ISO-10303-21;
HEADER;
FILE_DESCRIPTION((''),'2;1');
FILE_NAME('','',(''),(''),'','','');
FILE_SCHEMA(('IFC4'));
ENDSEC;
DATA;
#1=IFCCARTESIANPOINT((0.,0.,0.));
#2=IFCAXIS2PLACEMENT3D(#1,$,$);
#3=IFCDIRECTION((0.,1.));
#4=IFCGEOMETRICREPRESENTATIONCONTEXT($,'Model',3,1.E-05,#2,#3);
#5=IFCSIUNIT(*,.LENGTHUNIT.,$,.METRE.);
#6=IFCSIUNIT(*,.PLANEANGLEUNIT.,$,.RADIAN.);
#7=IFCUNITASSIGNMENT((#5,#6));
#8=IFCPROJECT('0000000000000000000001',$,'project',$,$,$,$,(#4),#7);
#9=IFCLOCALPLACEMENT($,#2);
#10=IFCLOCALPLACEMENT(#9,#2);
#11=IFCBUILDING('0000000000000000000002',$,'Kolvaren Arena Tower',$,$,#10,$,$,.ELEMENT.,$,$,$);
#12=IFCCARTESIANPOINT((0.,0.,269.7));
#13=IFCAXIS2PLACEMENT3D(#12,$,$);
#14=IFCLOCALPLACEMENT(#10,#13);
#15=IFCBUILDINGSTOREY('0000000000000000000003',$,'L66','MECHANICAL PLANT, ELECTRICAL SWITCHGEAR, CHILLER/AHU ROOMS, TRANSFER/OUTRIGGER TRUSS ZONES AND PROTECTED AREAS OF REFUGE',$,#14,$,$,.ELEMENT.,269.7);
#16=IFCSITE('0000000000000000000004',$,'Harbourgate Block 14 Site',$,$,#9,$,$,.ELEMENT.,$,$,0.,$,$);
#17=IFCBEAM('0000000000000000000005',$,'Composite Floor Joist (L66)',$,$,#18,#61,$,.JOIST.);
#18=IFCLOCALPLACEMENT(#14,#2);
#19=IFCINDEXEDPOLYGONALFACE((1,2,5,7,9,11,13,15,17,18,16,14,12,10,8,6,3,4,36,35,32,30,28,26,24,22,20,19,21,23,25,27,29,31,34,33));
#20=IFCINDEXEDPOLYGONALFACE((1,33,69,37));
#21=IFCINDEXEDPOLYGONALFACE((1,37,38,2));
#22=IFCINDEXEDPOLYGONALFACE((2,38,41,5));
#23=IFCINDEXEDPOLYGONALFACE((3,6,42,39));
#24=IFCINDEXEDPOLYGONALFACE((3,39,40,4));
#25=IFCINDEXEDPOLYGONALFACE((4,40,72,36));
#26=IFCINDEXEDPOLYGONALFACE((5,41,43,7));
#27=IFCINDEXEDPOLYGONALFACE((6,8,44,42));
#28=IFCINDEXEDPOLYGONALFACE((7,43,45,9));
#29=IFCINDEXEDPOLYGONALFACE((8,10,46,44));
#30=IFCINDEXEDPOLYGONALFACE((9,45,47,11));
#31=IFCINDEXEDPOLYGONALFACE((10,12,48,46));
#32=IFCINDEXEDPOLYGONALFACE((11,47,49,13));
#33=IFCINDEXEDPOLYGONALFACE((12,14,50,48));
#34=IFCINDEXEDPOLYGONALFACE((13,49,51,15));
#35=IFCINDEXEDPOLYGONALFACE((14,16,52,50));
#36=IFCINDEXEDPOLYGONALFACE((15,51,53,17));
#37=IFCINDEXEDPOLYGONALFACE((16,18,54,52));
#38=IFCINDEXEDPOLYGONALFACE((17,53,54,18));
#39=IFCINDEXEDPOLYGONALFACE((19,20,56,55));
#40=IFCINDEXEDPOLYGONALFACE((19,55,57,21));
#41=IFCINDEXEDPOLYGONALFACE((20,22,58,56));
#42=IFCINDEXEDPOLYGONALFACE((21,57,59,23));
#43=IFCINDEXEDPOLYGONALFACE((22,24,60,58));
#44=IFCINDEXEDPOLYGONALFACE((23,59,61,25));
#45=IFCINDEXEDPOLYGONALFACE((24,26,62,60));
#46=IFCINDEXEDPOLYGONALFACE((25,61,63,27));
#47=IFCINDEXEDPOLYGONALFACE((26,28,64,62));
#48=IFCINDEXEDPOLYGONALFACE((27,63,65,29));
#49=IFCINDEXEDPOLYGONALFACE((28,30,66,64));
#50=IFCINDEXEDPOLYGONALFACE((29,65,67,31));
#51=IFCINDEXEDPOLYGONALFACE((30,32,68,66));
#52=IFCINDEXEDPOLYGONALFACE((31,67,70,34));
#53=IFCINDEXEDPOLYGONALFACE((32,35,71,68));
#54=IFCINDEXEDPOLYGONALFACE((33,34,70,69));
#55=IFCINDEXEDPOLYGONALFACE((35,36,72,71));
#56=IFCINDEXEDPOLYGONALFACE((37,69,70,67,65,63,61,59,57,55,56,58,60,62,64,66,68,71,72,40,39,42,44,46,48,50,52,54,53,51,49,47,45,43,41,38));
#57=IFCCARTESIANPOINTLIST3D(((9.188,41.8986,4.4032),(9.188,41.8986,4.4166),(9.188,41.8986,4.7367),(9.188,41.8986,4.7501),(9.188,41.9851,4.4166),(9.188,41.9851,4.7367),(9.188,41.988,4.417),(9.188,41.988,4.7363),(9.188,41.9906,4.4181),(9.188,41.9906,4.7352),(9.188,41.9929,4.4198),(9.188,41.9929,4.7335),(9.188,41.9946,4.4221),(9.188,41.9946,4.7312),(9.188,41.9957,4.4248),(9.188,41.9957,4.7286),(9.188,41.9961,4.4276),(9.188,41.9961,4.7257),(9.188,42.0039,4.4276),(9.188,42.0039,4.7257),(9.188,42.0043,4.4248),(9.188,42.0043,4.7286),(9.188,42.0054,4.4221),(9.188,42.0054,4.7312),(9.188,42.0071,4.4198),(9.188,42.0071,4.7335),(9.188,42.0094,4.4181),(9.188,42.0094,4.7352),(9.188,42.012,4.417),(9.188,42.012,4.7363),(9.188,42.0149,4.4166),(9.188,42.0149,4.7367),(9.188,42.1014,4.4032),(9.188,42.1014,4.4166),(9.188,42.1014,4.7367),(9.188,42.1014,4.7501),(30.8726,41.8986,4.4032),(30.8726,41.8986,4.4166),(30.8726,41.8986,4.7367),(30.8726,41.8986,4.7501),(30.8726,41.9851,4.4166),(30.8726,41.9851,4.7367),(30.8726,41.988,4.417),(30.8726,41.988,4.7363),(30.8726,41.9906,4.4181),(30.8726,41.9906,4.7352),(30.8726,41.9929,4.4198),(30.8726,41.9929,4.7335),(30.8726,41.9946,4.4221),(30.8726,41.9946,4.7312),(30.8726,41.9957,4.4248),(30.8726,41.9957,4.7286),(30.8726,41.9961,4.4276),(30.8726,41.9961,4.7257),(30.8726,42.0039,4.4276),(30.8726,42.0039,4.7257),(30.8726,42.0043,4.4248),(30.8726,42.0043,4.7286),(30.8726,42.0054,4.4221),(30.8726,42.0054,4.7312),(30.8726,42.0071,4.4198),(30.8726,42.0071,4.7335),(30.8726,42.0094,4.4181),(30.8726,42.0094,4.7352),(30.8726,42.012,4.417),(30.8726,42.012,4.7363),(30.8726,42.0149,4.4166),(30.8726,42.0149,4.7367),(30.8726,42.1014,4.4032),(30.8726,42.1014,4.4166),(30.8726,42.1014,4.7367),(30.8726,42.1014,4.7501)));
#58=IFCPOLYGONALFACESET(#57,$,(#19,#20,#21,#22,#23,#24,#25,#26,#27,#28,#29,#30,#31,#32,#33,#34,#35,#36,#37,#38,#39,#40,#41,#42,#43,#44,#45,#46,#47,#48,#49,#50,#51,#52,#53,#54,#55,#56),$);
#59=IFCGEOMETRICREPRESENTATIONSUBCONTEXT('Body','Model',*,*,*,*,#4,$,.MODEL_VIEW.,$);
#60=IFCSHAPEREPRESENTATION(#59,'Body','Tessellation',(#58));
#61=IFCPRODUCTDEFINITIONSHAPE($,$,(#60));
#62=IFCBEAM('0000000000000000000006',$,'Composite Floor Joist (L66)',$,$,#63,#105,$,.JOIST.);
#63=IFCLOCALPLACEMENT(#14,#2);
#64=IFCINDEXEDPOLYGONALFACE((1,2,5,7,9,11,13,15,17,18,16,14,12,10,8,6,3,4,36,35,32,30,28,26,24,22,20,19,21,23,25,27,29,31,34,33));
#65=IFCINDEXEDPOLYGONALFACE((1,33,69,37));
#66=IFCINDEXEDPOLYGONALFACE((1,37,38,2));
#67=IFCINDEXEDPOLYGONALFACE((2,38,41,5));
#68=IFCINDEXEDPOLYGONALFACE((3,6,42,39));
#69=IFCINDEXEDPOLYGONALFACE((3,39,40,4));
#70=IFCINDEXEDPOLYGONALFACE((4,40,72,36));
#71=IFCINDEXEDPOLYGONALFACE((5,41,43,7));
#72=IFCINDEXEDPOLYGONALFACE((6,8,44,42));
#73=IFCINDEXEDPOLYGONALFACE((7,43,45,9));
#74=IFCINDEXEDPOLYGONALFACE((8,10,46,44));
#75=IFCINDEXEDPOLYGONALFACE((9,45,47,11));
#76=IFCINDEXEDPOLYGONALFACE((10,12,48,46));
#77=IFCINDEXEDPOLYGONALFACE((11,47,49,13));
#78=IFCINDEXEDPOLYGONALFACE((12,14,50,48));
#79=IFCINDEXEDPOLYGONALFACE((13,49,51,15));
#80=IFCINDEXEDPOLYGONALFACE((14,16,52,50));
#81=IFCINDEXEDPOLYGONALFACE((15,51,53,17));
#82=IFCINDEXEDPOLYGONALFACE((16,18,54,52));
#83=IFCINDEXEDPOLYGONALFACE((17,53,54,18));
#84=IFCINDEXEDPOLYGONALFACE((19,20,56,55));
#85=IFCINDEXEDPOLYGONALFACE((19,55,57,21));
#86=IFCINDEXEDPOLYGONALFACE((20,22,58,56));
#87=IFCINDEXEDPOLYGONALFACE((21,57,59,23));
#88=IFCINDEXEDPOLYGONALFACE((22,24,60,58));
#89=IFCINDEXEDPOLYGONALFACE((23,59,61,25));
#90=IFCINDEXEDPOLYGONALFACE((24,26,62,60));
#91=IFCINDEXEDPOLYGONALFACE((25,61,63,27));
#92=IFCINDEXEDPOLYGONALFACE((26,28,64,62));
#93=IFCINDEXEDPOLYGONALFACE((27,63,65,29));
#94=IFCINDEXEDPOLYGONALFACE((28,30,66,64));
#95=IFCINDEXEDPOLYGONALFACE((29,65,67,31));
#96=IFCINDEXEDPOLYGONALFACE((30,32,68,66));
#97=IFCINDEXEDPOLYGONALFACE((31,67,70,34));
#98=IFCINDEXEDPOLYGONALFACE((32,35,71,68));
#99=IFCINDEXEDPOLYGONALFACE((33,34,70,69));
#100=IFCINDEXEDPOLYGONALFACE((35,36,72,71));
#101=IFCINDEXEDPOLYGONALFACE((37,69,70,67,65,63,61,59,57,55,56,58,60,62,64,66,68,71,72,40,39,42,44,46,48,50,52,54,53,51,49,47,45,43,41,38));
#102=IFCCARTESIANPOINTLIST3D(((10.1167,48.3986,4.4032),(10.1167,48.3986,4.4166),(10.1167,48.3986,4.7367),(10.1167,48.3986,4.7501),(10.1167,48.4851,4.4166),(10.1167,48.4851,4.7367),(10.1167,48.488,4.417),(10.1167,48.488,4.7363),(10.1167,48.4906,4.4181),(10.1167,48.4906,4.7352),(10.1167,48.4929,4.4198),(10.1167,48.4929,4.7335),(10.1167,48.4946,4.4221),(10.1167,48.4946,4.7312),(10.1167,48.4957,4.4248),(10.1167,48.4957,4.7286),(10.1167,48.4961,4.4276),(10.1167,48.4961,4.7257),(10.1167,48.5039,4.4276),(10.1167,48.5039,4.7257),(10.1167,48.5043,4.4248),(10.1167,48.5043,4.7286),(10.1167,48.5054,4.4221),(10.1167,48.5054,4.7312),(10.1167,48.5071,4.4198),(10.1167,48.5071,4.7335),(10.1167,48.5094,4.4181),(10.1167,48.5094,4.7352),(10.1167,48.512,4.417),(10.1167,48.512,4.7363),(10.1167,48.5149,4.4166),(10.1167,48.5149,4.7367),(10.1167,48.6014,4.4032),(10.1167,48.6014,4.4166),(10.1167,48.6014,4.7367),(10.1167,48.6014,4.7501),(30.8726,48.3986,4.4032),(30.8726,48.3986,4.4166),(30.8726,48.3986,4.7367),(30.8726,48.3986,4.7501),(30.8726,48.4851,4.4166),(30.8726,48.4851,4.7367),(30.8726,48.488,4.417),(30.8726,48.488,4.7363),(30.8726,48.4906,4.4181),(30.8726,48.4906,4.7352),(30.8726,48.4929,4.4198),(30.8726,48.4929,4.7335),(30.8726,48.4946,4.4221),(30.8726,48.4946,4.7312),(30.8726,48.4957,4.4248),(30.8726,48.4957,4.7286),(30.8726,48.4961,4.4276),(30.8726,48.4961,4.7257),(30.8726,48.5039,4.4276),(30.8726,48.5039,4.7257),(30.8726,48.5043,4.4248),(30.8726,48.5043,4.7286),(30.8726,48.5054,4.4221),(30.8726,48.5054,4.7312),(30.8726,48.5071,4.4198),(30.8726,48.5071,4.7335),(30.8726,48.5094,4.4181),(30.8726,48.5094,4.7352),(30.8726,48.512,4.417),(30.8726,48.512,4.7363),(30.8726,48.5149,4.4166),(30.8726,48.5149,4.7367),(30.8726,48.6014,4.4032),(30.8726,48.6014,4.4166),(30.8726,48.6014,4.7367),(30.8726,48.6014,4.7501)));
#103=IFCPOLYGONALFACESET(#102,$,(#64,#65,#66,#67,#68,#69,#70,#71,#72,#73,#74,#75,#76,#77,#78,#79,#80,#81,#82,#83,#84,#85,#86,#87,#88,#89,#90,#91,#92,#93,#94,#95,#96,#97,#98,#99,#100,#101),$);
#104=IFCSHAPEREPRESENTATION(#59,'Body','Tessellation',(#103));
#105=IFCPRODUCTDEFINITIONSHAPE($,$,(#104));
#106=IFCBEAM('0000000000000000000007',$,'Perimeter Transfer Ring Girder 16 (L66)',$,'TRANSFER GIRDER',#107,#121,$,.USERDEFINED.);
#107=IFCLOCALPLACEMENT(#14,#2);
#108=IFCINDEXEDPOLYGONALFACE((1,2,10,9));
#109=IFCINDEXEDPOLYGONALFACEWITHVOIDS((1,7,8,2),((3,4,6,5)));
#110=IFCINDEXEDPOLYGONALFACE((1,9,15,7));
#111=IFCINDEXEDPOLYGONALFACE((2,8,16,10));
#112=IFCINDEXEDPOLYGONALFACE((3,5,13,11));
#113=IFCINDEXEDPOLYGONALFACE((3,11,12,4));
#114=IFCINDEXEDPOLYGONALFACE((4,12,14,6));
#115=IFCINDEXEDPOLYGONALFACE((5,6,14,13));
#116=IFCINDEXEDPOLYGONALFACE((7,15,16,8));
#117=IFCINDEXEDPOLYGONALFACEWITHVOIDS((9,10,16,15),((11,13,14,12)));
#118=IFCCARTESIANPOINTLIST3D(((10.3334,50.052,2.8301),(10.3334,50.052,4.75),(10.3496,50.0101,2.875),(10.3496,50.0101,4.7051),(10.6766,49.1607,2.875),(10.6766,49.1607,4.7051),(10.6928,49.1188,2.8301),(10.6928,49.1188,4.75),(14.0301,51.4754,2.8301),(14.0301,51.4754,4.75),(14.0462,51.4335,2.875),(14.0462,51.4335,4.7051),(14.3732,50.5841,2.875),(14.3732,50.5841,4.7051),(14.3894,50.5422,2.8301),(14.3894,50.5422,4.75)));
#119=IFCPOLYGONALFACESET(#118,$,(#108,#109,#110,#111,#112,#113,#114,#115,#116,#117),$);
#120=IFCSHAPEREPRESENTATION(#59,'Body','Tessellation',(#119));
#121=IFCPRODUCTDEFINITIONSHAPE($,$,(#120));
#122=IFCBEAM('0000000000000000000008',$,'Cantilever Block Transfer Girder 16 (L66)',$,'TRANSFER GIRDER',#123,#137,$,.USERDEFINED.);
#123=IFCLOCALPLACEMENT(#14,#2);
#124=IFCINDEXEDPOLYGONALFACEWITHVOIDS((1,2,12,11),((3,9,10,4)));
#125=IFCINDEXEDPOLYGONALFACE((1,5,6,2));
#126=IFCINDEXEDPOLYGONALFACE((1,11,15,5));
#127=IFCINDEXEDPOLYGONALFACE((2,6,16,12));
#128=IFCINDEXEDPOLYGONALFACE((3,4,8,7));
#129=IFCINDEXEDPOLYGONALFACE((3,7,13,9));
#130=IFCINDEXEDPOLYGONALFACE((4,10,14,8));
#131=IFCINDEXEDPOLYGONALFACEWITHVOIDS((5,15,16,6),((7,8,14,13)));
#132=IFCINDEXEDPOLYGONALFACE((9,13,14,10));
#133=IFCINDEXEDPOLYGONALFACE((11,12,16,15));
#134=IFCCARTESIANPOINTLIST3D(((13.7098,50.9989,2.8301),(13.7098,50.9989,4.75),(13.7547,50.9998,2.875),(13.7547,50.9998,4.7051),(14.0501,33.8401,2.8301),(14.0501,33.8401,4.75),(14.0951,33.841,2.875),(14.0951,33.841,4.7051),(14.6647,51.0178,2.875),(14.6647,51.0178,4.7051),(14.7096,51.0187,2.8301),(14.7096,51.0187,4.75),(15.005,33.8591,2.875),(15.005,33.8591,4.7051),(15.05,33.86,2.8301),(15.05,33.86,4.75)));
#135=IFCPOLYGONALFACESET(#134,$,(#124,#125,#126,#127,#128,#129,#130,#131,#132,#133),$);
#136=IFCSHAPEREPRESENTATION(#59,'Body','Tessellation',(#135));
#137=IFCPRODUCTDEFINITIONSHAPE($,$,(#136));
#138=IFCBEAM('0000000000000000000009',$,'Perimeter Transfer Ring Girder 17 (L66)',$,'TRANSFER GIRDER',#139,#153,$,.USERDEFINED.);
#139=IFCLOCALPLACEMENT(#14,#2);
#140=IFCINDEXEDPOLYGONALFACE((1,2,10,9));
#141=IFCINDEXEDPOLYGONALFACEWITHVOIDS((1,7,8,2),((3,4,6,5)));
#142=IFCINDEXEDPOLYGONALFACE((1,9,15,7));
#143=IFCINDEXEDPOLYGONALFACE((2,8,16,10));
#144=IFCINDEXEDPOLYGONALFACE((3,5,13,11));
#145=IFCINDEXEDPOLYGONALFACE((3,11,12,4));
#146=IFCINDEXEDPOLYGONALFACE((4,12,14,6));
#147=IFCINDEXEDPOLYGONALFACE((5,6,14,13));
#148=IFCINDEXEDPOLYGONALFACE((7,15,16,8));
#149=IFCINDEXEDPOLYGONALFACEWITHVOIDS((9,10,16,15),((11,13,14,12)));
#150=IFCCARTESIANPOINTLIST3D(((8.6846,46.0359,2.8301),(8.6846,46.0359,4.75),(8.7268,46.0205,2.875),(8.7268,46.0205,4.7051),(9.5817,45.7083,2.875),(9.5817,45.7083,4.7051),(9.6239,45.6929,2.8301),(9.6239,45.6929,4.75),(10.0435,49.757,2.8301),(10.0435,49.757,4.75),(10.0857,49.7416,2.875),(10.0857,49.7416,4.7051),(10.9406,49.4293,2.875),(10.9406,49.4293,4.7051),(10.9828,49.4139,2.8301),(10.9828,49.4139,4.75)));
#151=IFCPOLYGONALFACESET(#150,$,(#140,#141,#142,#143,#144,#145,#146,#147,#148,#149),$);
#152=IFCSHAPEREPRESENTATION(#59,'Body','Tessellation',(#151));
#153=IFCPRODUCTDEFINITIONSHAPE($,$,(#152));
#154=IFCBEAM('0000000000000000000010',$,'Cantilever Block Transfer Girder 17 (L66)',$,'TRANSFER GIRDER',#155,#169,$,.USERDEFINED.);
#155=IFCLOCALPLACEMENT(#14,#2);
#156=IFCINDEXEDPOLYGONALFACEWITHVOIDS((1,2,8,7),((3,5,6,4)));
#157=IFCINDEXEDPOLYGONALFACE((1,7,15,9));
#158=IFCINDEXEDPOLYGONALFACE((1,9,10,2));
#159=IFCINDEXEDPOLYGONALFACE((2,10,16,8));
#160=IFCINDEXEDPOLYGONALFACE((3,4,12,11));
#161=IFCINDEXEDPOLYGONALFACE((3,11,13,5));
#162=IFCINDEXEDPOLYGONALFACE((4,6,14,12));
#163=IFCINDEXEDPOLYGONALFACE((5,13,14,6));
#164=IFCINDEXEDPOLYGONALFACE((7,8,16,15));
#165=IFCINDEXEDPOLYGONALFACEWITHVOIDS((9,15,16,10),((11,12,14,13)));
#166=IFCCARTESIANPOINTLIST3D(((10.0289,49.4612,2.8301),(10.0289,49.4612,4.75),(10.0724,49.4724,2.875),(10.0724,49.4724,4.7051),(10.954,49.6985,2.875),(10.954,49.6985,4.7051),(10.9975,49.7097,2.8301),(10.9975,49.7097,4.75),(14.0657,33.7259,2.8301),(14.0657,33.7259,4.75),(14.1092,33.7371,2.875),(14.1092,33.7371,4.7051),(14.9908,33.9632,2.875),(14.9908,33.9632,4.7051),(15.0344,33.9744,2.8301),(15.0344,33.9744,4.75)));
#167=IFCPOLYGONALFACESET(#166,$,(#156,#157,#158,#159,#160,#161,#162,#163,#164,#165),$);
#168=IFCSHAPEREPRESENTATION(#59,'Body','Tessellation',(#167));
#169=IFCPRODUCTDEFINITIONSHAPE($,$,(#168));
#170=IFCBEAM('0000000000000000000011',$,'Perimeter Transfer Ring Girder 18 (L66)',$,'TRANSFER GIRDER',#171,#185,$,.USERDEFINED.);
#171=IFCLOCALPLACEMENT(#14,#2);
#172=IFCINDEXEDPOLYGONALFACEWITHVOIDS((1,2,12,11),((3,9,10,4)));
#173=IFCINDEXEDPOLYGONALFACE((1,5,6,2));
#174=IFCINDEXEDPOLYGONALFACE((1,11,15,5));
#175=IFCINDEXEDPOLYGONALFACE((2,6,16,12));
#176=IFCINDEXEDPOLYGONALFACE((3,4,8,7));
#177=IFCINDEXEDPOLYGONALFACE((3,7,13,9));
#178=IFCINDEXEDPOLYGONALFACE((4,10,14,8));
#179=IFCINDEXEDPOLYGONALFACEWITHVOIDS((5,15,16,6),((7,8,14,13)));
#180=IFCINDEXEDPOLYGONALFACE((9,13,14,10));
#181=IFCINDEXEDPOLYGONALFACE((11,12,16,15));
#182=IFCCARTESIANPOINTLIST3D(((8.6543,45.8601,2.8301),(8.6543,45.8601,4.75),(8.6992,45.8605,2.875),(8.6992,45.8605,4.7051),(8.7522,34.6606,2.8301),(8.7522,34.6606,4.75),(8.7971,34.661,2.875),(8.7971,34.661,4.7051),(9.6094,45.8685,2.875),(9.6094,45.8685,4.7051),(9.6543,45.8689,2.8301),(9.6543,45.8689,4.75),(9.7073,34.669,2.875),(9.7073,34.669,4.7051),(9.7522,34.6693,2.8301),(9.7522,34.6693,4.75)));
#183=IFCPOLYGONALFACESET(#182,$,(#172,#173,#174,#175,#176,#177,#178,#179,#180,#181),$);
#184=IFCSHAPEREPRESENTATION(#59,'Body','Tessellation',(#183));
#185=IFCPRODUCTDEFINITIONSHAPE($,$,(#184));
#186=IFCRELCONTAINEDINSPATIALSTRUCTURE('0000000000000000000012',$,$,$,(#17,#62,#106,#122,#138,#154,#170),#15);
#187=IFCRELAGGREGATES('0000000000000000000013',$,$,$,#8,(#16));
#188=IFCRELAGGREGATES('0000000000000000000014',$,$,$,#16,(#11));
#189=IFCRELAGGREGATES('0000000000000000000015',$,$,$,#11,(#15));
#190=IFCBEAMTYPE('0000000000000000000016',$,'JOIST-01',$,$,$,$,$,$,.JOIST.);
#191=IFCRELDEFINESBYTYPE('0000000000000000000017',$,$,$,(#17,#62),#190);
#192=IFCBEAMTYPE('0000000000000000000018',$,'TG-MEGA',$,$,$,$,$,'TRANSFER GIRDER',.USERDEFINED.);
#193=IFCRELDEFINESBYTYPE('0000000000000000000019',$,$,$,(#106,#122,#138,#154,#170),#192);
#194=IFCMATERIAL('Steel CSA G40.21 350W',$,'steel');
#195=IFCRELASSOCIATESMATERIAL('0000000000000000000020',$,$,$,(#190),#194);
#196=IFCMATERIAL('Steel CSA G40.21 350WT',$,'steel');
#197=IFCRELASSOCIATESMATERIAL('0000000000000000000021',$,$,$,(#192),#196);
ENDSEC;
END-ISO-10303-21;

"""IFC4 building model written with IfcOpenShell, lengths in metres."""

from ifc_helpers import new_model, si_unit, direction, frame, origin, origin_2d, place, context, subcontext, project, spatial, hollow_rectangle, i_section, extrude, material, material_profile, profile_set, type_object, element, save


model = new_model("IFC4")

# Units and contexts
model_context = context("Model", 3, precision=1e-05, world=origin(), true_north=direction((0.0, 1.0)))
body_context = subcontext(model_context, "Body", "Model", "MODEL_VIEW")
ifc_project = project(units=[si_unit("LENGTHUNIT", "METRE"), si_unit("PLANEANGLEUNIT", "RADIAN")], contexts=[model_context])

# Site, building, storey
site_placement = place(None, origin())
site = spatial("IfcSite", under=ifc_project, at=site_placement, Name="Harbourgate Block 14 Site", CompositionType="ELEMENT", RefElevation=0.0)
building_placement = place(site_placement, origin())
building = spatial("IfcBuilding", under=site, at=building_placement, Name="Kolvaren Arena Tower", CompositionType="ELEMENT")
storey_placement = place(building_placement, frame((0.0, 0.0, 269.7)))
storey = spatial("IfcBuildingStorey", under=building, at=storey_placement, Name="L66", Description="MECHANICAL PLANT, ELECTRICAL SWITCHGEAR, CHILLER/AHU ROOMS, TRANSFER/OUTRIGGER TRUSS ZONES AND PROTECTED AREAS OF REFUGE", CompositionType="ELEMENT", Elevation=269.7)

# Shared definitions
ifc_material_1 = material(Name="Steel CSA G40.21 350W", Category="steel")

# Shared definitions
ifc_material_2 = material(Name="Steel CSA G40.21 350WT", Category="steel")

# Beams
ifc_material_profile_1 = material_profile(ifc_material_1, i_section(OverallWidth=0.2029, OverallDepth=0.3469, WebThickness=0.0078, FlangeThickness=0.0134, FilletRadius=0.011, at=origin_2d()), Name="W360x64")
ifc_profile_set_1 = profile_set([ifc_material_profile_1], Name="Steel CSA G40.21 350W")
beam_type_1 = type_object("IfcBeamType", Name="JOIST-01", PredefinedType="JOIST", material=ifc_profile_set_1)
beam_1_placement = place(storey_placement, frame((9.188, 42.0, 4.5767), z_axis=(1.0, 0.0, 0.0), x_axis=(0.0, 1.0, 0.0)))
element("IfcBeam", 1, at=beam_1_placement, inside=storey, type_object=beam_type_1, Name="Composite Floor Joist (L66)", PredefinedType="JOIST", context=body_context, shape_type="SweptSolid", body=[
    extrude(i_section(OverallWidth=0.2029, OverallDepth=0.3469, WebThickness=0.0078, FlangeThickness=0.0134, FilletRadius=0.011, at=origin_2d()), origin(), (0.0, 0.0, 1.0), 21.6846),
])
beam_2_placement = place(storey_placement, frame((10.1167, 48.5, 4.5767), z_axis=(1.0, 0.0, 0.0), x_axis=(0.0, 1.0, 0.0)))
element("IfcBeam", 2, at=beam_2_placement, inside=storey, type_object=beam_type_1, Name="Composite Floor Joist (L66)", PredefinedType="JOIST", context=body_context, shape_type="SweptSolid", body=[
    extrude(i_section(OverallWidth=0.2029, OverallDepth=0.3469, WebThickness=0.0078, FlangeThickness=0.0134, FilletRadius=0.011, at=origin_2d()), origin(), (0.0, 0.0, 1.0), 20.7559),
])
ifc_material_profile_2 = material_profile(ifc_material_2, hollow_rectangle(XDim=1.0, YDim=1.9199, WallThickness=0.0449, at=origin_2d()), Name="BOX 1000x1920x45")
ifc_profile_set_2 = profile_set([ifc_material_profile_2], Name="Steel CSA G40.21 350WT")
beam_type_2 = type_object("IfcBeamType", Name="TG-MEGA", ElementType="TRANSFER GIRDER", PredefinedType="USERDEFINED", material=ifc_profile_set_2)
beam_3_placement = place(storey_placement, frame((14.2097, 51.0088, 3.79), z_axis=(-0.933211, -0.35933, 0.0), x_axis=(0.35933, -0.933211, 0.0)))
element("IfcBeam", 3, at=beam_3_placement, inside=storey, type_object=beam_type_2, Name="Perimeter Transfer Ring Girder 16 (L66)", ObjectType="TRANSFER GIRDER", PredefinedType="USERDEFINED", context=body_context, shape_type="SweptSolid", body=[
    extrude(hollow_rectangle(XDim=1.0, YDim=1.9199, WallThickness=0.0449, at=origin_2d()), origin(), (0.0, 0.0, 1.0), 3.9612),
])
beam_4_placement = place(storey_placement, frame((14.2097, 51.0088, 3.79), z_axis=(0.01983, -0.999803, 0.0), x_axis=(0.999803, 0.01983, 0.0)))
element("IfcBeam", 4, at=beam_4_placement, inside=storey, type_object=beam_type_2, Name="Cantilever Block Transfer Girder 16 (L66)", ObjectType="TRANSFER GIRDER", PredefinedType="USERDEFINED", context=body_context, shape_type="SweptSolid", body=[
    extrude(hollow_rectangle(XDim=1.0, YDim=1.9199, WallThickness=0.0449, at=origin_2d()), origin(), (0.0, 0.0, 1.0), 17.1621),
])
beam_5_placement = place(storey_placement, frame((10.5132, 49.5854, 3.79), z_axis=(-0.343039, -0.939321, 0.0), x_axis=(0.939321, -0.343039, 0.0)))
element("IfcBeam", 5, at=beam_5_placement, inside=storey, type_object=beam_type_2, Name="Perimeter Transfer Ring Girder 17 (L66)", ObjectType="TRANSFER GIRDER", PredefinedType="USERDEFINED", context=body_context, shape_type="SweptSolid", body=[
    extrude(hollow_rectangle(XDim=1.0, YDim=1.9199, WallThickness=0.0449, at=origin_2d()), origin(), (0.0, 0.0, 1.0), 3.9614),
])
beam_6_placement = place(storey_placement, frame((10.5132, 49.5854, 3.79), z_axis=(0.2485, -0.968632, 0.0), x_axis=(0.968632, 0.2485, 0.0)))
element("IfcBeam", 6, at=beam_6_placement, inside=storey, type_object=beam_type_2, Name="Cantilever Block Transfer Girder 17 (L66)", ObjectType="TRANSFER GIRDER", PredefinedType="USERDEFINED", context=body_context, shape_type="SweptSolid", body=[
    extrude(hollow_rectangle(XDim=1.0, YDim=1.9199, WallThickness=0.0449, at=origin_2d()), origin(), (0.0, 0.0, 1.0), 16.2449),
])
beam_7_placement = place(storey_placement, frame((9.1543, 45.8645, 3.79), z_axis=(0.008741, -0.999962, 0.0), x_axis=(0.999962, 0.008741, 0.0)))
element("IfcBeam", 7, at=beam_7_placement, inside=storey, type_object=beam_type_2, Name="Perimeter Transfer Ring Girder 18 (L66)", ObjectType="TRANSFER GIRDER", PredefinedType="USERDEFINED", context=body_context, shape_type="SweptSolid", body=[
    extrude(hollow_rectangle(XDim=1.0, YDim=1.9199, WallThickness=0.0449, at=origin_2d()), origin(), (0.0, 0.0, 1.0), 11.2),
])

save(model, "model.ifc")
